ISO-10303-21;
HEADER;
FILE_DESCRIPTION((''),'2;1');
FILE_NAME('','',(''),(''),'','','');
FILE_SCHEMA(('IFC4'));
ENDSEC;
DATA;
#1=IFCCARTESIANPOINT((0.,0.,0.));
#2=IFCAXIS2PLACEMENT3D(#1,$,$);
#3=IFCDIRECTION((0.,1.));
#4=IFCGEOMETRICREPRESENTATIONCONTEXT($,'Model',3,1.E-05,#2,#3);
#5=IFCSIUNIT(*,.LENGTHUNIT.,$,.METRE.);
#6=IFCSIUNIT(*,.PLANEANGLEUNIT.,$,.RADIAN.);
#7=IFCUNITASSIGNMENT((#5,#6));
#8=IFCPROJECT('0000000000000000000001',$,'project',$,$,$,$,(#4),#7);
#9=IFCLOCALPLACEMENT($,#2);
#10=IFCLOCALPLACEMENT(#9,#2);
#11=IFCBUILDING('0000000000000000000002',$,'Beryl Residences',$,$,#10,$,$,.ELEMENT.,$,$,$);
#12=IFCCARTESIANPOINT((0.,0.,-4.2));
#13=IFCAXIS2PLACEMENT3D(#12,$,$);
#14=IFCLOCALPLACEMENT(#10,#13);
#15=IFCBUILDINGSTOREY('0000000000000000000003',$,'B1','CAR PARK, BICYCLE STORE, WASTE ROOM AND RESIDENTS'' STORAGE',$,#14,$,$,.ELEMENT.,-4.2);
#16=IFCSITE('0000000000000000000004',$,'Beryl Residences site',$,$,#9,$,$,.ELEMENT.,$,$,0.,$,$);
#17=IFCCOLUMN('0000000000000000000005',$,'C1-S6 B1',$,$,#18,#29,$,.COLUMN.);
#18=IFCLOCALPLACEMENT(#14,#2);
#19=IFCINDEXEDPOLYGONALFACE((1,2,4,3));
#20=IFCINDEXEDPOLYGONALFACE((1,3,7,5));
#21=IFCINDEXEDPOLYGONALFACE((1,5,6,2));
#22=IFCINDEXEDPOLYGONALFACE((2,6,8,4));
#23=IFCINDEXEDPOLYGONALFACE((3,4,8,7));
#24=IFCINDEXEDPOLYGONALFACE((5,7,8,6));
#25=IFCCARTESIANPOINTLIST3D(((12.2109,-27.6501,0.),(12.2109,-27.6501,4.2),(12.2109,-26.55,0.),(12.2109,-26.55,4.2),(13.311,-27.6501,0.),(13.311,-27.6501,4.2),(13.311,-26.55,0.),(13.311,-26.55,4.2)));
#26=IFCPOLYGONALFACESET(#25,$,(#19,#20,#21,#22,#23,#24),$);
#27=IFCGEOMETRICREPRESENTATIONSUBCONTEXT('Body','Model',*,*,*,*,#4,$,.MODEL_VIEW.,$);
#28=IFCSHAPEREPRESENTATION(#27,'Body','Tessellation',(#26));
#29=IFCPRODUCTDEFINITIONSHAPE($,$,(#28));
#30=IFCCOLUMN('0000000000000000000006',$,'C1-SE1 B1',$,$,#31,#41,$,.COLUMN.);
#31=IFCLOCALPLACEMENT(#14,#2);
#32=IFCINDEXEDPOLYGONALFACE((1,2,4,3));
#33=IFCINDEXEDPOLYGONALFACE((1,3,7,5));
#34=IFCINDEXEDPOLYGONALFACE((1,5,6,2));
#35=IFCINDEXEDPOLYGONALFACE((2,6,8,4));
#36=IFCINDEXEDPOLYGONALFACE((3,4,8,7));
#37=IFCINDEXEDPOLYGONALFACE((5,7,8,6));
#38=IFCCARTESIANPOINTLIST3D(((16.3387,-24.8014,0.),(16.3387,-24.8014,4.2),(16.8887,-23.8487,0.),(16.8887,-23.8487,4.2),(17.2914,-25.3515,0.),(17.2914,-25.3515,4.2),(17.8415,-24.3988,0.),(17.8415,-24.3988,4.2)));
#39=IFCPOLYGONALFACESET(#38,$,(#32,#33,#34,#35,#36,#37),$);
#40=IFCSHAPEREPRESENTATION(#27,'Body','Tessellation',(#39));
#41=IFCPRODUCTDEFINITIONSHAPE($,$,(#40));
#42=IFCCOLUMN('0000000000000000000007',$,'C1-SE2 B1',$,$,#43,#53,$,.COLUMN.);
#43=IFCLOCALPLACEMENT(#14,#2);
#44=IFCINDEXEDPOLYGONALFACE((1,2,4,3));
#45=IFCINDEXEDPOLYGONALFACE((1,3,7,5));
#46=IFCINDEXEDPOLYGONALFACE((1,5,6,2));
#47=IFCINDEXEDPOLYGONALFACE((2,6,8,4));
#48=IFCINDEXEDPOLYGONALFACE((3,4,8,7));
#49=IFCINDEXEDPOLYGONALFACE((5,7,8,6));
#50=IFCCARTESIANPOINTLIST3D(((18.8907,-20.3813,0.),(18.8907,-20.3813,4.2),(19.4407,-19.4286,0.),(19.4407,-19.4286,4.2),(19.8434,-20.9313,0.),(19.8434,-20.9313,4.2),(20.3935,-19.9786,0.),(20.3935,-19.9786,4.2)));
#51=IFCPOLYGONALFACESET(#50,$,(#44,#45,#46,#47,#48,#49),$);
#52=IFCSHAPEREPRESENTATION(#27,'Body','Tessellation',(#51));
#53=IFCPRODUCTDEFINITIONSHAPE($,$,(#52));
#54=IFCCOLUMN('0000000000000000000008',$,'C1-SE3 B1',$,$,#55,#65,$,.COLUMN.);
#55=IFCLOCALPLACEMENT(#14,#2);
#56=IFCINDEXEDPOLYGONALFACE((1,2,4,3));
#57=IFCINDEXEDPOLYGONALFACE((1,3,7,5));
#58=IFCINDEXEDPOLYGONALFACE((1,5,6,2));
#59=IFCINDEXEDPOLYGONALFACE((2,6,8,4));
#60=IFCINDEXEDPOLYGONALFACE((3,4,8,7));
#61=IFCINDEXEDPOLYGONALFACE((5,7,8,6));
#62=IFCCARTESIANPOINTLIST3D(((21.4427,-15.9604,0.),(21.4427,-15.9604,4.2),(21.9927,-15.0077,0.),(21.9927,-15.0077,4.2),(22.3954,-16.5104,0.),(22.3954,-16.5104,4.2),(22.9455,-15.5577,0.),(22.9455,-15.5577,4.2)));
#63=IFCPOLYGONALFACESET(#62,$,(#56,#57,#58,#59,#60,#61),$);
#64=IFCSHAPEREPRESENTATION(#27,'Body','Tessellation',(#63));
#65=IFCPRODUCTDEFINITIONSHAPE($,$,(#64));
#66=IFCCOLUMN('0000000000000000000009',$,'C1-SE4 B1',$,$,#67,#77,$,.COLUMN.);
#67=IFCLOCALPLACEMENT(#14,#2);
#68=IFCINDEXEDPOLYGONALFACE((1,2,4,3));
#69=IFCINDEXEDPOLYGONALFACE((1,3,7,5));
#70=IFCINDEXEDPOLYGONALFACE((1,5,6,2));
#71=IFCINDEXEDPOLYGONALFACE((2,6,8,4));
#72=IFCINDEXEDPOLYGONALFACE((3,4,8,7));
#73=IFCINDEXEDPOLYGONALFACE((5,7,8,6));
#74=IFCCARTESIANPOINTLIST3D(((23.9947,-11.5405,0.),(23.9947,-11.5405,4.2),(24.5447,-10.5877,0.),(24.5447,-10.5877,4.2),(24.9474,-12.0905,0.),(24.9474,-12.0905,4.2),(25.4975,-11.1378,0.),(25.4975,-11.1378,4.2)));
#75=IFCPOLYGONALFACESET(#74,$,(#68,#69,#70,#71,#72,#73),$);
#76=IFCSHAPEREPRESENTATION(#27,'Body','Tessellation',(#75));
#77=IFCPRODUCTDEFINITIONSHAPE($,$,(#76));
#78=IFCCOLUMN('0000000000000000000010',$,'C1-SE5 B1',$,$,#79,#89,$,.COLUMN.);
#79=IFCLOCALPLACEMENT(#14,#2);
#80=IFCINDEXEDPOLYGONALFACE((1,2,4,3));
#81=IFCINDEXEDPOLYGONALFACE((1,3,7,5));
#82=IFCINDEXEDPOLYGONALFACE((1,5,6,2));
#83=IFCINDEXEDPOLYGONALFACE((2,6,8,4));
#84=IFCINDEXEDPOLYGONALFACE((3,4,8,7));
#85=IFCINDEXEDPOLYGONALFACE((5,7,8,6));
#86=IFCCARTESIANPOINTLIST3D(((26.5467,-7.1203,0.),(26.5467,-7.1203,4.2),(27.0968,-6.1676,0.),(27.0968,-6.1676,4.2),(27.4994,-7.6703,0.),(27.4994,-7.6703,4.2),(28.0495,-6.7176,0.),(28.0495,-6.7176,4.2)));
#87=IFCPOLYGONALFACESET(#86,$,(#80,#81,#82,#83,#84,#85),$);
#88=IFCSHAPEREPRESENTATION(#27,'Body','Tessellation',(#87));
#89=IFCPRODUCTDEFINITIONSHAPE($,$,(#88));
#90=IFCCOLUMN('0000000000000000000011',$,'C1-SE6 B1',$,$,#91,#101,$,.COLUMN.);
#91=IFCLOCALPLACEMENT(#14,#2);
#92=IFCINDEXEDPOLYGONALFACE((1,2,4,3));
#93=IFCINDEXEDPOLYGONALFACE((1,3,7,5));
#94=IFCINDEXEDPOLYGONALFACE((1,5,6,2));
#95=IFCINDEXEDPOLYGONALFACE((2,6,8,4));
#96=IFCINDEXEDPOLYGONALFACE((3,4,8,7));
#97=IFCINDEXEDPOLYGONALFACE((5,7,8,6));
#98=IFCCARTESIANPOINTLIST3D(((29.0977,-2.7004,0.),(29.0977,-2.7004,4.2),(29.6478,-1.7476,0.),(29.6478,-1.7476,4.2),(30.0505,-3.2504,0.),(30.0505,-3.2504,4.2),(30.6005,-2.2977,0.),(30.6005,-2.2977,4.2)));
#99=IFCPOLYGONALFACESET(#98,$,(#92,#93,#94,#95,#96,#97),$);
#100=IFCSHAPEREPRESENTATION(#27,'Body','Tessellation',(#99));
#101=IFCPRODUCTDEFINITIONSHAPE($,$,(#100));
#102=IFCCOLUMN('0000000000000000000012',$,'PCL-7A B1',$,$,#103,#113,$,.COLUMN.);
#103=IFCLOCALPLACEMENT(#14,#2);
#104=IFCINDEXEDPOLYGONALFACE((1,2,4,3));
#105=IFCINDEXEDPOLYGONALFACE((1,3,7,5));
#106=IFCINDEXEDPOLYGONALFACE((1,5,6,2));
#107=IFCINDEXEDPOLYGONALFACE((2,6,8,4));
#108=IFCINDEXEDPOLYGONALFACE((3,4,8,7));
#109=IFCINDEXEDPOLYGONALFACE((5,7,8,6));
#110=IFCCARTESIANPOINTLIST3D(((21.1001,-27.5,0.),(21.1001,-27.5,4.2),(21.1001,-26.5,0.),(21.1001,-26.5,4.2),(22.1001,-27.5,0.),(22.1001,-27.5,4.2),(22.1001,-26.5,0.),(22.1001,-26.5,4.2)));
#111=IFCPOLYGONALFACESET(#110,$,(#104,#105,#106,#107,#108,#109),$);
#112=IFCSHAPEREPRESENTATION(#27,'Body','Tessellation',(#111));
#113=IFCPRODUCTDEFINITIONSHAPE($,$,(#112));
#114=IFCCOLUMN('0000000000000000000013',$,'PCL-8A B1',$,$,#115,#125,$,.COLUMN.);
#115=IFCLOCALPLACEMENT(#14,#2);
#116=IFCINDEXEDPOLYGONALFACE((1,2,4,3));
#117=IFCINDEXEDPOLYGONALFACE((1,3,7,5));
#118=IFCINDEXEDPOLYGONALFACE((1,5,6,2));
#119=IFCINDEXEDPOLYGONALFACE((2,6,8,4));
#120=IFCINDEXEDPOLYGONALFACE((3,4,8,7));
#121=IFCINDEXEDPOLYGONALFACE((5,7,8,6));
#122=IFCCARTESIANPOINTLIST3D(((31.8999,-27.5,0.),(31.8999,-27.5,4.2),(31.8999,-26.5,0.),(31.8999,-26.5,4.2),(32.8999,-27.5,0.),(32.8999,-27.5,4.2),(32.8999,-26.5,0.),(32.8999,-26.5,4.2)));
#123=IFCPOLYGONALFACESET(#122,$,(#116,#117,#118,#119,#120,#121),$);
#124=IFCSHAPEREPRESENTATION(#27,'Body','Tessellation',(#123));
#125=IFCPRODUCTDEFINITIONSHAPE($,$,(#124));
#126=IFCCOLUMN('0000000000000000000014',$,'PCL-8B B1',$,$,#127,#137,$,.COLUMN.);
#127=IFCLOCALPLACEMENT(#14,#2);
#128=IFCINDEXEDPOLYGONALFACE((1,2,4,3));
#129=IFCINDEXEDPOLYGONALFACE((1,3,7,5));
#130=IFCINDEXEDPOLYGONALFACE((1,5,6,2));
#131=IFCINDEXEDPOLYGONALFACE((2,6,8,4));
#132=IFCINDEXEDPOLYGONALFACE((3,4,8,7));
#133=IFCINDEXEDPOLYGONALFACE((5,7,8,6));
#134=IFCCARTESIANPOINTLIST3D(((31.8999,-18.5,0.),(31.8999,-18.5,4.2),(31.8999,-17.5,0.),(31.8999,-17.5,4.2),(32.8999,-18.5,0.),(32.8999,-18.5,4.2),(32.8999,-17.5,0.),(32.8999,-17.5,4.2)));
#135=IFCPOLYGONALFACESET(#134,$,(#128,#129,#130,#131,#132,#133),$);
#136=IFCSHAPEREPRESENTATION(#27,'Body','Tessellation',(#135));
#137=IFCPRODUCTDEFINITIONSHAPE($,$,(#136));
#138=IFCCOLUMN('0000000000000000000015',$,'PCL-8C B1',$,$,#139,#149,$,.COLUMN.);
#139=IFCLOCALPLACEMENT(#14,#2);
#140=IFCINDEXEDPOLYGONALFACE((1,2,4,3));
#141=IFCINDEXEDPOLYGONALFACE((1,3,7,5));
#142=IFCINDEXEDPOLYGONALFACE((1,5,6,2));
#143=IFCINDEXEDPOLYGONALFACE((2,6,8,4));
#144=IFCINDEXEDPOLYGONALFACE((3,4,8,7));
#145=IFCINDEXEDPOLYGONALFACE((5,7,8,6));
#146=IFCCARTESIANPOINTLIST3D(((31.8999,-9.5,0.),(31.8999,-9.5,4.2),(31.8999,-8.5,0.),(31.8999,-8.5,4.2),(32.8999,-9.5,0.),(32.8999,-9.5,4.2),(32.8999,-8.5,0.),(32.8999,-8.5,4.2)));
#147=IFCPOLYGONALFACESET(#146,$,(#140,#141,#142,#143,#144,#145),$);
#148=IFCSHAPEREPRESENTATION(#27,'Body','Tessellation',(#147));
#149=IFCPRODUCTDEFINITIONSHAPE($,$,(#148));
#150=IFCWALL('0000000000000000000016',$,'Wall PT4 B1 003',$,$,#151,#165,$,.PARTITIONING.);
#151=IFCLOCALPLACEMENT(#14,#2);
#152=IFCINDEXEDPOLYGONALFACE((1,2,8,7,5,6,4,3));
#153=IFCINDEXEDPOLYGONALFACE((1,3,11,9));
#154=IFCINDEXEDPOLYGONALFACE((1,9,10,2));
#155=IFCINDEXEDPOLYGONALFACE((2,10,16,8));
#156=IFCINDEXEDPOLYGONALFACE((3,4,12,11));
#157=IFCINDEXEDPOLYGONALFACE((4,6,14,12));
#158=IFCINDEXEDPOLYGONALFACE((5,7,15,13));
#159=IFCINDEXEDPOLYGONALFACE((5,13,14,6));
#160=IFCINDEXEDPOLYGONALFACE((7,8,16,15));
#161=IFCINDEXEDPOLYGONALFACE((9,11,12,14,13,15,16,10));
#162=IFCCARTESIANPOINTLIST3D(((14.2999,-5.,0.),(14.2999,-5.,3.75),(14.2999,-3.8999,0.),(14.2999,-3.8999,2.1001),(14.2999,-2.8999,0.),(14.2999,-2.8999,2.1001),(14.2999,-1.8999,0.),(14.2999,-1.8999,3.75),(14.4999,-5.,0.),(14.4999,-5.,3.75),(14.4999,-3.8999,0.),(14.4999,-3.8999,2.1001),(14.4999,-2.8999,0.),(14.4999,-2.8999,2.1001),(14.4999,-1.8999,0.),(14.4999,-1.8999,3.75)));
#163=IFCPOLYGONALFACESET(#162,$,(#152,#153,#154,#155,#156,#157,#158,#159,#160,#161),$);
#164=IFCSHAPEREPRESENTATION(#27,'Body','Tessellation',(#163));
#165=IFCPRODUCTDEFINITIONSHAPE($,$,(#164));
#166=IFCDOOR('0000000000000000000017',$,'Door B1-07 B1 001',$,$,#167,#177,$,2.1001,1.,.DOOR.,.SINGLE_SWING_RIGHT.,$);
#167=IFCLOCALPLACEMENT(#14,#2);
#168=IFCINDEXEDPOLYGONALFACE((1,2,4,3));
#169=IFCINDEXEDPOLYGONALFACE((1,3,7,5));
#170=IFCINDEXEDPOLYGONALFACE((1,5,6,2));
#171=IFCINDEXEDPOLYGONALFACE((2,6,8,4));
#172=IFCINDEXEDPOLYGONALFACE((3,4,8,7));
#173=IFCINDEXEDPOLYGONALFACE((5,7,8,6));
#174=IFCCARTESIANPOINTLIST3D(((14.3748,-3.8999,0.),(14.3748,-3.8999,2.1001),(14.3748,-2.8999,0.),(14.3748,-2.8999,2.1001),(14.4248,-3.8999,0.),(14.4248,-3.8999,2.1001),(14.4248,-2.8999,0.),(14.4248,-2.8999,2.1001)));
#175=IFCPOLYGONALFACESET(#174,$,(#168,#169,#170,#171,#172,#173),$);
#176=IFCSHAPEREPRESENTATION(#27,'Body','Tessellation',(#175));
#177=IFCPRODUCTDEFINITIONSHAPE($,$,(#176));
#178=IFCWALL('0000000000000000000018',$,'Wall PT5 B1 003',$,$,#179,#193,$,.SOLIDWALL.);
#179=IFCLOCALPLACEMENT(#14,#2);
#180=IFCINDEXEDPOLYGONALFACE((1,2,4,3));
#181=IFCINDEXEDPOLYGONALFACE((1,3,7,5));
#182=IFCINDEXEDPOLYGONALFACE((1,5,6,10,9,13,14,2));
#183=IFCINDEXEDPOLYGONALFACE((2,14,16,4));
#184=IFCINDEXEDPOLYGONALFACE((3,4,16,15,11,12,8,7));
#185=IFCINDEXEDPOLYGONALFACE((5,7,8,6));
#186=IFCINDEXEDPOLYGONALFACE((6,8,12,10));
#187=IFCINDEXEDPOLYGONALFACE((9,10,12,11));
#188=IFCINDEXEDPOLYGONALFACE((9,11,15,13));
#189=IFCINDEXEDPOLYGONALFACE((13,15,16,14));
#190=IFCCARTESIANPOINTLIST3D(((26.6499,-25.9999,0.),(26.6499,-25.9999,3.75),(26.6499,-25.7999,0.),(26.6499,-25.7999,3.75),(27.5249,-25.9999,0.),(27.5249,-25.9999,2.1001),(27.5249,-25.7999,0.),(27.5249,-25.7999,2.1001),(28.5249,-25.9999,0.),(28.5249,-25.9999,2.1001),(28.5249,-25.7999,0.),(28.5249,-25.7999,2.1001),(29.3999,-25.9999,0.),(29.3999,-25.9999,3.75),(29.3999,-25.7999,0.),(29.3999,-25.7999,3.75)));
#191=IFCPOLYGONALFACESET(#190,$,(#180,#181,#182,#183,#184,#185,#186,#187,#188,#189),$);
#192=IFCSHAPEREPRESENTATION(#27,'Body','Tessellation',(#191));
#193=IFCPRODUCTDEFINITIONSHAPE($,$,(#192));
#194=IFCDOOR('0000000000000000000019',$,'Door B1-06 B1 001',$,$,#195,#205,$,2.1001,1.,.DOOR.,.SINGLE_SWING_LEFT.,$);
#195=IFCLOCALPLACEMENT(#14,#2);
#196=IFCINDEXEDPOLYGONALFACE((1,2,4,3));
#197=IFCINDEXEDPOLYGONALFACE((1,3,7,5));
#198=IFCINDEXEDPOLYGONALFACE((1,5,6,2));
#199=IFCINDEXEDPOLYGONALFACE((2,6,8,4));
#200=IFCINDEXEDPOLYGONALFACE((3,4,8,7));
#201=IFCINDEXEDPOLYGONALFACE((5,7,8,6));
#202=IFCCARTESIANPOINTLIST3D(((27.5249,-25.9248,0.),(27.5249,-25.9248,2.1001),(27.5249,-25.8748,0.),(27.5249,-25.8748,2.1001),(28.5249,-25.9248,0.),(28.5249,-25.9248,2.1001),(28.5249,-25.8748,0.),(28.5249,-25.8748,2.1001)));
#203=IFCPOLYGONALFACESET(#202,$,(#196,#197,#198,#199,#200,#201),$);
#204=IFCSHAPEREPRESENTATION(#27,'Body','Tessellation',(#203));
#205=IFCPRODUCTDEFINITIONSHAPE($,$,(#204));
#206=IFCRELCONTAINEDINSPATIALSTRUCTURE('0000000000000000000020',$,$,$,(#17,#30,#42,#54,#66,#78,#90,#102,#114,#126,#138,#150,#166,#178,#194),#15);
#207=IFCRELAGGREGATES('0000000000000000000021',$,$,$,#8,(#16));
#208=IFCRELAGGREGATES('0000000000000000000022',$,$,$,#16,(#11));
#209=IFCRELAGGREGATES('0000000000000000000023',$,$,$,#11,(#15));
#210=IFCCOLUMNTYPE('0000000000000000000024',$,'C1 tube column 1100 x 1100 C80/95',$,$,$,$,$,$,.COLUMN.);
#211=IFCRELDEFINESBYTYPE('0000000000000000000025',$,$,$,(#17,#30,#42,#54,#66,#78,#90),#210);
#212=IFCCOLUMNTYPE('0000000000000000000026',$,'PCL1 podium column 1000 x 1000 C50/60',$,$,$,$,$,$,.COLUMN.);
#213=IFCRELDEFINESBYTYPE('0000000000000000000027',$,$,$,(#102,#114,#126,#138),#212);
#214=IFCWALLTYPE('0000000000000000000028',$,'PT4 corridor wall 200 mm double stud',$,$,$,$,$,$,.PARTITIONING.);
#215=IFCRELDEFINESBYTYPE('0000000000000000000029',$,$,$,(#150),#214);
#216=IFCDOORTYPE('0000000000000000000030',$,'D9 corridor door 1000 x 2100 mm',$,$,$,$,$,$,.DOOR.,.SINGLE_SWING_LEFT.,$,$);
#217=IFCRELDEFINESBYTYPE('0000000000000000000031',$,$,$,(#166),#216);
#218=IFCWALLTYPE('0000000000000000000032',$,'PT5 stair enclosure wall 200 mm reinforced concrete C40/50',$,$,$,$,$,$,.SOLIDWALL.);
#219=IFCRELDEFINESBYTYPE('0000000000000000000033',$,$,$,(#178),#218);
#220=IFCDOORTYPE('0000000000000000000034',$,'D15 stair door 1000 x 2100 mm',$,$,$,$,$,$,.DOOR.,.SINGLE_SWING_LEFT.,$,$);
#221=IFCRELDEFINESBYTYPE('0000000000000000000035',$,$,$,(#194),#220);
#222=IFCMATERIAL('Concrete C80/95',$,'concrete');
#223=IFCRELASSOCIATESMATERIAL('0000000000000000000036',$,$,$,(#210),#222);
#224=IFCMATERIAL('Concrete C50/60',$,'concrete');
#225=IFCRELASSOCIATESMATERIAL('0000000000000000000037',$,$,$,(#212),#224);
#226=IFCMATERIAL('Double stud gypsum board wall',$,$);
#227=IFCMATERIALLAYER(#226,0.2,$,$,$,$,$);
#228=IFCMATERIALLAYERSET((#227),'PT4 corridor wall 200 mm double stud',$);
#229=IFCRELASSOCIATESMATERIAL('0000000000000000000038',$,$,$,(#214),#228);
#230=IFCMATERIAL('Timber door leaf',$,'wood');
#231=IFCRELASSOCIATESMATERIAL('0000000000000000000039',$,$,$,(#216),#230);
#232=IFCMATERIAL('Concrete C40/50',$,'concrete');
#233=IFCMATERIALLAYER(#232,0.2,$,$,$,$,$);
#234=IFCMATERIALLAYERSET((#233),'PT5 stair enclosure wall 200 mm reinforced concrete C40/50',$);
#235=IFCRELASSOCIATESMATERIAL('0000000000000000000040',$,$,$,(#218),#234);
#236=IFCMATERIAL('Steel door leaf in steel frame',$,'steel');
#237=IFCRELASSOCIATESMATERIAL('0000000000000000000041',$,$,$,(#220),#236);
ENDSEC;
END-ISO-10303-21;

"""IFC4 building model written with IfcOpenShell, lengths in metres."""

from ifc_helpers import new_model, si_unit, direction, frame, frame_2d, origin, origin_2d, place, context, subcontext, project, spatial, rectangle, extrude, material, layer, layer_set, material_profile, profile_set, type_object, element, fill, save


model = new_model("IFC4")

# Units and contexts
model_context = context("Model", 3, precision=1e-05, world=origin(), true_north=direction((0.0, 1.0)))
body_context = subcontext(model_context, "Body", "Model", "MODEL_VIEW")
ifc_project = project(units=[si_unit("LENGTHUNIT", "METRE"), si_unit("PLANEANGLEUNIT", "RADIAN")], contexts=[model_context])

# Site, building, storey
site_placement = place(None, origin())
site = spatial("IfcSite", under=ifc_project, at=site_placement, Name="Beryl Residences site", CompositionType="ELEMENT", RefElevation=0.0)
building_placement = place(site_placement, origin())
building = spatial("IfcBuilding", under=site, at=building_placement, Name="Beryl Residences", CompositionType="ELEMENT")
storey_placement = place(building_placement, frame((0.0, 0.0, -4.2)))
storey = spatial("IfcBuildingStorey", under=building, at=storey_placement, Name="B1", Description="CAR PARK, BICYCLE STORE, WASTE ROOM AND RESIDENTS' STORAGE", CompositionType="ELEMENT", Elevation=-4.2)

# Columns
ifc_material_1 = material(Name="Concrete C80/95", Category="concrete")
ifc_material_profile_1 = material_profile(ifc_material_1, rectangle(XDim=1.1001, YDim=1.1001, at=origin_2d()))
ifc_profile_set_1 = profile_set([ifc_material_profile_1], Name="Concrete C80/95")
column_type_1 = type_object("IfcColumnType", Name="C1 tube column 1100 x 1100 C80/95", PredefinedType="COLUMN", material=ifc_profile_set_1)
for number, where, z_axis, x_axis, name in (
    (1, (12.761, -27.1001, 0.0), (0.0, 0.0, 1.0), (1.0, 0.0, 0.0), "C1-S6 B1"),
    (2, (17.0901, -24.6001, 0.0), (0.0, 0.0, 1.0), (0.499985, 0.866034, 0.0), "C1-SE1 B1"),
    (3, (19.6421, -20.1799, 0.0), (0.0, 0.0, 1.0), (0.499985, 0.866034, 0.0), "C1-SE2 B1"),
    (4, (22.1941, -15.759, 0.0), (0.0, 0.0, 1.0), (0.499985, 0.866034, 0.0), "C1-SE3 B1"),
    (5, (24.7461, -11.3391, 0.0), (0.0, 0.0, 1.0), (0.499985, 0.866034, 0.0), "C1-SE4 B1"),
    (6, (27.2981, -6.9189, 0.0), (0.0, 0.0, 1.0), (0.499985, 0.866034, 0.0), "C1-SE5 B1"),
    (7, (29.8491, -2.499, 0.0), (0.0, 0.0, 1.0), (0.499985, 0.866034, 0.0), "C1-SE6 B1"),
):
    element("IfcColumn", number, at=place(storey_placement, frame(where, z_axis=z_axis, x_axis=x_axis)), inside=storey, type_object=column_type_1, Name=name, PredefinedType="COLUMN", context=body_context, shape_type="SweptSolid", body=[
        extrude(rectangle(XDim=1.1001, YDim=1.1001, at=origin_2d()), origin(), (0.0, 0.0, 1.0), 4.2),
    ])
ifc_material_2 = material(Name="Concrete C50/60", Category="concrete")
ifc_material_profile_2 = material_profile(ifc_material_2, rectangle(XDim=1.0, YDim=1.0, at=origin_2d()))
ifc_profile_set_2 = profile_set([ifc_material_profile_2], Name="Concrete C50/60")
column_type_2 = type_object("IfcColumnType", Name="PCL1 podium column 1000 x 1000 C50/60", PredefinedType="COLUMN", material=ifc_profile_set_2)
for number, where, z_axis, x_axis, name in (
    (8, (21.6001, -27.0, 0.0), (0.0, 0.0, 1.0), (1.0, 0.0, 0.0), "PCL-7A B1"),
    (9, (32.3999, -27.0, 0.0), (0.0, 0.0, 1.0), (1.0, 0.0, 0.0), "PCL-8A B1"),
    (10, (32.3999, -18.0, 0.0), (0.0, 0.0, 1.0), (1.0, 0.0, 0.0), "PCL-8B B1"),
    (11, (32.3999, -9.0, 0.0), (0.0, 0.0, 1.0), (1.0, 0.0, 0.0), "PCL-8C B1"),
):
    element("IfcColumn", number, at=place(storey_placement, frame(where, z_axis=z_axis, x_axis=x_axis)), inside=storey, type_object=column_type_2, Name=name, PredefinedType="COLUMN", context=body_context, shape_type="SweptSolid", body=[
        extrude(rectangle(XDim=1.0, YDim=1.0, at=origin_2d()), origin(), (0.0, 0.0, 1.0), 4.2),
    ])

# Walls, openings, doors
ifc_material_3 = material(Name="Double stud gypsum board wall")
ifc_layer_1 = layer(ifc_material_3, 0.2)
ifc_layer_set_1 = layer_set([ifc_layer_1], Name="PT4 corridor wall 200 mm double stud")
wall_type_1 = type_object("IfcWallType", Name="PT4 corridor wall 200 mm double stud", PredefinedType="PARTITIONING", material=ifc_layer_set_1)
wall_1_placement = place(storey_placement, frame((14.3999, -5.0, 0.0), z_axis=(0.0, 0.0, 1.0), x_axis=(0.0, 1.0, 0.0)))
wall_1 = element("IfcWall", 12, at=wall_1_placement, inside=storey, type_object=wall_type_1, Name="Wall PT4 B1 003", PredefinedType="PARTITIONING", context=body_context, shape_type="SweptSolid", body=[
    extrude(rectangle(XDim=3.1001, YDim=0.2, at=frame_2d((1.55, 0.0))), origin(), (0.0, 0.0, 1.0), 3.75),
])
opening_1_placement = place(wall_1_placement, frame((2.1001, 0.0, 0.0), z_axis=(0.0, 0.0, 1.0), x_axis=(-1.0, 0.0, 0.0)))
opening_1 = element("IfcOpeningElement", 13, at=opening_1_placement, cuts=wall_1, PredefinedType="OPENING", context=body_context, shape_type="SweptSolid", body=[
    extrude(rectangle(XDim=1.0, YDim=2.1001, at=frame_2d((0.5, 1.05))), frame((0.0, 0.1099, 0.0), z_axis=(0.0, -1.0, 0.0), x_axis=(1.0, 0.0, 0.0)), (0.0, 0.0, 1.0), 0.22),
])
ifc_material_4 = material(Name="Timber door leaf", Category="wood")
door_type_1 = type_object("IfcDoorType", Name="D9 corridor door 1000 x 2100 mm", OperationType="SINGLE_SWING_LEFT", PredefinedType="DOOR", material=ifc_material_4)
door_1_placement = place(opening_1_placement, origin())
door_1 = element("IfcDoor", 14, at=door_1_placement, inside=storey, type_object=door_type_1, Name="Door B1-07 B1 001", OperationType="SINGLE_SWING_RIGHT", OverallHeight=2.1001, OverallWidth=1.0, PredefinedType="DOOR", context=body_context, shape_type="SweptSolid", body=[
    extrude(rectangle(XDim=1.0, YDim=2.1001, at=frame_2d((0.5, 1.05))), frame((0.0, 0.0249, 0.0), z_axis=(0.0, -1.0, 0.0), x_axis=(1.0, 0.0, 0.0)), (0.0, 0.0, 1.0), 0.05),
])
fill(opening_1, door_1)
ifc_material_5 = material(Name="Concrete C40/50", Category="concrete")
ifc_layer_2 = layer(ifc_material_5, 0.2)
ifc_layer_set_2 = layer_set([ifc_layer_2], Name="PT5 stair enclosure wall 200 mm reinforced concrete C40/50")
wall_type_2 = type_object("IfcWallType", Name="PT5 stair enclosure wall 200 mm reinforced concrete C40/50", PredefinedType="SOLIDWALL", material=ifc_layer_set_2)
wall_2_placement = place(storey_placement, frame((26.6499, -25.8999, 0.0), z_axis=(0.0, 0.0, 1.0), x_axis=(1.0, 0.0, 0.0)))
wall_2 = element("IfcWall", 15, at=wall_2_placement, inside=storey, type_object=wall_type_2, Name="Wall PT5 B1 003", PredefinedType="SOLIDWALL", context=body_context, shape_type="SweptSolid", body=[
    extrude(rectangle(XDim=2.75, YDim=0.2, at=frame_2d((1.375, 0.0))), origin(), (0.0, 0.0, 1.0), 3.75),
])
opening_2_placement = place(wall_2_placement, frame((1.875, 0.0, 0.0), z_axis=(0.0, 0.0, 1.0), x_axis=(-1.0, 0.0, 0.0)))
opening_2 = element("IfcOpeningElement", 16, at=opening_2_placement, cuts=wall_2, PredefinedType="OPENING", context=body_context, shape_type="SweptSolid", body=[
    extrude(rectangle(XDim=1.0, YDim=2.1001, at=frame_2d((0.5, 1.05))), frame((0.0, 0.1099, 0.0), z_axis=(0.0, -1.0, 0.0), x_axis=(1.0, 0.0, 0.0)), (0.0, 0.0, 1.0), 0.22),
])
ifc_material_6 = material(Name="Steel door leaf in steel frame", Category="steel")
door_type_2 = type_object("IfcDoorType", Name="D15 stair door 1000 x 2100 mm", OperationType="SINGLE_SWING_LEFT", PredefinedType="DOOR", material=ifc_material_6)
door_2_placement = place(opening_2_placement, origin())
door_2 = element("IfcDoor", 17, at=door_2_placement, inside=storey, type_object=door_type_2, Name="Door B1-06 B1 001", OperationType="SINGLE_SWING_LEFT", OverallHeight=2.1001, OverallWidth=1.0, PredefinedType="DOOR", context=body_context, shape_type="SweptSolid", body=[
    extrude(rectangle(XDim=1.0, YDim=2.1001, at=frame_2d((0.5, 1.05))), frame((0.0, 0.0249, 0.0), z_axis=(0.0, -1.0, 0.0), x_axis=(1.0, 0.0, 0.0)), (0.0, 0.0, 1.0), 0.05),
])
fill(opening_2, door_2)

save(model, "model.ifc")
